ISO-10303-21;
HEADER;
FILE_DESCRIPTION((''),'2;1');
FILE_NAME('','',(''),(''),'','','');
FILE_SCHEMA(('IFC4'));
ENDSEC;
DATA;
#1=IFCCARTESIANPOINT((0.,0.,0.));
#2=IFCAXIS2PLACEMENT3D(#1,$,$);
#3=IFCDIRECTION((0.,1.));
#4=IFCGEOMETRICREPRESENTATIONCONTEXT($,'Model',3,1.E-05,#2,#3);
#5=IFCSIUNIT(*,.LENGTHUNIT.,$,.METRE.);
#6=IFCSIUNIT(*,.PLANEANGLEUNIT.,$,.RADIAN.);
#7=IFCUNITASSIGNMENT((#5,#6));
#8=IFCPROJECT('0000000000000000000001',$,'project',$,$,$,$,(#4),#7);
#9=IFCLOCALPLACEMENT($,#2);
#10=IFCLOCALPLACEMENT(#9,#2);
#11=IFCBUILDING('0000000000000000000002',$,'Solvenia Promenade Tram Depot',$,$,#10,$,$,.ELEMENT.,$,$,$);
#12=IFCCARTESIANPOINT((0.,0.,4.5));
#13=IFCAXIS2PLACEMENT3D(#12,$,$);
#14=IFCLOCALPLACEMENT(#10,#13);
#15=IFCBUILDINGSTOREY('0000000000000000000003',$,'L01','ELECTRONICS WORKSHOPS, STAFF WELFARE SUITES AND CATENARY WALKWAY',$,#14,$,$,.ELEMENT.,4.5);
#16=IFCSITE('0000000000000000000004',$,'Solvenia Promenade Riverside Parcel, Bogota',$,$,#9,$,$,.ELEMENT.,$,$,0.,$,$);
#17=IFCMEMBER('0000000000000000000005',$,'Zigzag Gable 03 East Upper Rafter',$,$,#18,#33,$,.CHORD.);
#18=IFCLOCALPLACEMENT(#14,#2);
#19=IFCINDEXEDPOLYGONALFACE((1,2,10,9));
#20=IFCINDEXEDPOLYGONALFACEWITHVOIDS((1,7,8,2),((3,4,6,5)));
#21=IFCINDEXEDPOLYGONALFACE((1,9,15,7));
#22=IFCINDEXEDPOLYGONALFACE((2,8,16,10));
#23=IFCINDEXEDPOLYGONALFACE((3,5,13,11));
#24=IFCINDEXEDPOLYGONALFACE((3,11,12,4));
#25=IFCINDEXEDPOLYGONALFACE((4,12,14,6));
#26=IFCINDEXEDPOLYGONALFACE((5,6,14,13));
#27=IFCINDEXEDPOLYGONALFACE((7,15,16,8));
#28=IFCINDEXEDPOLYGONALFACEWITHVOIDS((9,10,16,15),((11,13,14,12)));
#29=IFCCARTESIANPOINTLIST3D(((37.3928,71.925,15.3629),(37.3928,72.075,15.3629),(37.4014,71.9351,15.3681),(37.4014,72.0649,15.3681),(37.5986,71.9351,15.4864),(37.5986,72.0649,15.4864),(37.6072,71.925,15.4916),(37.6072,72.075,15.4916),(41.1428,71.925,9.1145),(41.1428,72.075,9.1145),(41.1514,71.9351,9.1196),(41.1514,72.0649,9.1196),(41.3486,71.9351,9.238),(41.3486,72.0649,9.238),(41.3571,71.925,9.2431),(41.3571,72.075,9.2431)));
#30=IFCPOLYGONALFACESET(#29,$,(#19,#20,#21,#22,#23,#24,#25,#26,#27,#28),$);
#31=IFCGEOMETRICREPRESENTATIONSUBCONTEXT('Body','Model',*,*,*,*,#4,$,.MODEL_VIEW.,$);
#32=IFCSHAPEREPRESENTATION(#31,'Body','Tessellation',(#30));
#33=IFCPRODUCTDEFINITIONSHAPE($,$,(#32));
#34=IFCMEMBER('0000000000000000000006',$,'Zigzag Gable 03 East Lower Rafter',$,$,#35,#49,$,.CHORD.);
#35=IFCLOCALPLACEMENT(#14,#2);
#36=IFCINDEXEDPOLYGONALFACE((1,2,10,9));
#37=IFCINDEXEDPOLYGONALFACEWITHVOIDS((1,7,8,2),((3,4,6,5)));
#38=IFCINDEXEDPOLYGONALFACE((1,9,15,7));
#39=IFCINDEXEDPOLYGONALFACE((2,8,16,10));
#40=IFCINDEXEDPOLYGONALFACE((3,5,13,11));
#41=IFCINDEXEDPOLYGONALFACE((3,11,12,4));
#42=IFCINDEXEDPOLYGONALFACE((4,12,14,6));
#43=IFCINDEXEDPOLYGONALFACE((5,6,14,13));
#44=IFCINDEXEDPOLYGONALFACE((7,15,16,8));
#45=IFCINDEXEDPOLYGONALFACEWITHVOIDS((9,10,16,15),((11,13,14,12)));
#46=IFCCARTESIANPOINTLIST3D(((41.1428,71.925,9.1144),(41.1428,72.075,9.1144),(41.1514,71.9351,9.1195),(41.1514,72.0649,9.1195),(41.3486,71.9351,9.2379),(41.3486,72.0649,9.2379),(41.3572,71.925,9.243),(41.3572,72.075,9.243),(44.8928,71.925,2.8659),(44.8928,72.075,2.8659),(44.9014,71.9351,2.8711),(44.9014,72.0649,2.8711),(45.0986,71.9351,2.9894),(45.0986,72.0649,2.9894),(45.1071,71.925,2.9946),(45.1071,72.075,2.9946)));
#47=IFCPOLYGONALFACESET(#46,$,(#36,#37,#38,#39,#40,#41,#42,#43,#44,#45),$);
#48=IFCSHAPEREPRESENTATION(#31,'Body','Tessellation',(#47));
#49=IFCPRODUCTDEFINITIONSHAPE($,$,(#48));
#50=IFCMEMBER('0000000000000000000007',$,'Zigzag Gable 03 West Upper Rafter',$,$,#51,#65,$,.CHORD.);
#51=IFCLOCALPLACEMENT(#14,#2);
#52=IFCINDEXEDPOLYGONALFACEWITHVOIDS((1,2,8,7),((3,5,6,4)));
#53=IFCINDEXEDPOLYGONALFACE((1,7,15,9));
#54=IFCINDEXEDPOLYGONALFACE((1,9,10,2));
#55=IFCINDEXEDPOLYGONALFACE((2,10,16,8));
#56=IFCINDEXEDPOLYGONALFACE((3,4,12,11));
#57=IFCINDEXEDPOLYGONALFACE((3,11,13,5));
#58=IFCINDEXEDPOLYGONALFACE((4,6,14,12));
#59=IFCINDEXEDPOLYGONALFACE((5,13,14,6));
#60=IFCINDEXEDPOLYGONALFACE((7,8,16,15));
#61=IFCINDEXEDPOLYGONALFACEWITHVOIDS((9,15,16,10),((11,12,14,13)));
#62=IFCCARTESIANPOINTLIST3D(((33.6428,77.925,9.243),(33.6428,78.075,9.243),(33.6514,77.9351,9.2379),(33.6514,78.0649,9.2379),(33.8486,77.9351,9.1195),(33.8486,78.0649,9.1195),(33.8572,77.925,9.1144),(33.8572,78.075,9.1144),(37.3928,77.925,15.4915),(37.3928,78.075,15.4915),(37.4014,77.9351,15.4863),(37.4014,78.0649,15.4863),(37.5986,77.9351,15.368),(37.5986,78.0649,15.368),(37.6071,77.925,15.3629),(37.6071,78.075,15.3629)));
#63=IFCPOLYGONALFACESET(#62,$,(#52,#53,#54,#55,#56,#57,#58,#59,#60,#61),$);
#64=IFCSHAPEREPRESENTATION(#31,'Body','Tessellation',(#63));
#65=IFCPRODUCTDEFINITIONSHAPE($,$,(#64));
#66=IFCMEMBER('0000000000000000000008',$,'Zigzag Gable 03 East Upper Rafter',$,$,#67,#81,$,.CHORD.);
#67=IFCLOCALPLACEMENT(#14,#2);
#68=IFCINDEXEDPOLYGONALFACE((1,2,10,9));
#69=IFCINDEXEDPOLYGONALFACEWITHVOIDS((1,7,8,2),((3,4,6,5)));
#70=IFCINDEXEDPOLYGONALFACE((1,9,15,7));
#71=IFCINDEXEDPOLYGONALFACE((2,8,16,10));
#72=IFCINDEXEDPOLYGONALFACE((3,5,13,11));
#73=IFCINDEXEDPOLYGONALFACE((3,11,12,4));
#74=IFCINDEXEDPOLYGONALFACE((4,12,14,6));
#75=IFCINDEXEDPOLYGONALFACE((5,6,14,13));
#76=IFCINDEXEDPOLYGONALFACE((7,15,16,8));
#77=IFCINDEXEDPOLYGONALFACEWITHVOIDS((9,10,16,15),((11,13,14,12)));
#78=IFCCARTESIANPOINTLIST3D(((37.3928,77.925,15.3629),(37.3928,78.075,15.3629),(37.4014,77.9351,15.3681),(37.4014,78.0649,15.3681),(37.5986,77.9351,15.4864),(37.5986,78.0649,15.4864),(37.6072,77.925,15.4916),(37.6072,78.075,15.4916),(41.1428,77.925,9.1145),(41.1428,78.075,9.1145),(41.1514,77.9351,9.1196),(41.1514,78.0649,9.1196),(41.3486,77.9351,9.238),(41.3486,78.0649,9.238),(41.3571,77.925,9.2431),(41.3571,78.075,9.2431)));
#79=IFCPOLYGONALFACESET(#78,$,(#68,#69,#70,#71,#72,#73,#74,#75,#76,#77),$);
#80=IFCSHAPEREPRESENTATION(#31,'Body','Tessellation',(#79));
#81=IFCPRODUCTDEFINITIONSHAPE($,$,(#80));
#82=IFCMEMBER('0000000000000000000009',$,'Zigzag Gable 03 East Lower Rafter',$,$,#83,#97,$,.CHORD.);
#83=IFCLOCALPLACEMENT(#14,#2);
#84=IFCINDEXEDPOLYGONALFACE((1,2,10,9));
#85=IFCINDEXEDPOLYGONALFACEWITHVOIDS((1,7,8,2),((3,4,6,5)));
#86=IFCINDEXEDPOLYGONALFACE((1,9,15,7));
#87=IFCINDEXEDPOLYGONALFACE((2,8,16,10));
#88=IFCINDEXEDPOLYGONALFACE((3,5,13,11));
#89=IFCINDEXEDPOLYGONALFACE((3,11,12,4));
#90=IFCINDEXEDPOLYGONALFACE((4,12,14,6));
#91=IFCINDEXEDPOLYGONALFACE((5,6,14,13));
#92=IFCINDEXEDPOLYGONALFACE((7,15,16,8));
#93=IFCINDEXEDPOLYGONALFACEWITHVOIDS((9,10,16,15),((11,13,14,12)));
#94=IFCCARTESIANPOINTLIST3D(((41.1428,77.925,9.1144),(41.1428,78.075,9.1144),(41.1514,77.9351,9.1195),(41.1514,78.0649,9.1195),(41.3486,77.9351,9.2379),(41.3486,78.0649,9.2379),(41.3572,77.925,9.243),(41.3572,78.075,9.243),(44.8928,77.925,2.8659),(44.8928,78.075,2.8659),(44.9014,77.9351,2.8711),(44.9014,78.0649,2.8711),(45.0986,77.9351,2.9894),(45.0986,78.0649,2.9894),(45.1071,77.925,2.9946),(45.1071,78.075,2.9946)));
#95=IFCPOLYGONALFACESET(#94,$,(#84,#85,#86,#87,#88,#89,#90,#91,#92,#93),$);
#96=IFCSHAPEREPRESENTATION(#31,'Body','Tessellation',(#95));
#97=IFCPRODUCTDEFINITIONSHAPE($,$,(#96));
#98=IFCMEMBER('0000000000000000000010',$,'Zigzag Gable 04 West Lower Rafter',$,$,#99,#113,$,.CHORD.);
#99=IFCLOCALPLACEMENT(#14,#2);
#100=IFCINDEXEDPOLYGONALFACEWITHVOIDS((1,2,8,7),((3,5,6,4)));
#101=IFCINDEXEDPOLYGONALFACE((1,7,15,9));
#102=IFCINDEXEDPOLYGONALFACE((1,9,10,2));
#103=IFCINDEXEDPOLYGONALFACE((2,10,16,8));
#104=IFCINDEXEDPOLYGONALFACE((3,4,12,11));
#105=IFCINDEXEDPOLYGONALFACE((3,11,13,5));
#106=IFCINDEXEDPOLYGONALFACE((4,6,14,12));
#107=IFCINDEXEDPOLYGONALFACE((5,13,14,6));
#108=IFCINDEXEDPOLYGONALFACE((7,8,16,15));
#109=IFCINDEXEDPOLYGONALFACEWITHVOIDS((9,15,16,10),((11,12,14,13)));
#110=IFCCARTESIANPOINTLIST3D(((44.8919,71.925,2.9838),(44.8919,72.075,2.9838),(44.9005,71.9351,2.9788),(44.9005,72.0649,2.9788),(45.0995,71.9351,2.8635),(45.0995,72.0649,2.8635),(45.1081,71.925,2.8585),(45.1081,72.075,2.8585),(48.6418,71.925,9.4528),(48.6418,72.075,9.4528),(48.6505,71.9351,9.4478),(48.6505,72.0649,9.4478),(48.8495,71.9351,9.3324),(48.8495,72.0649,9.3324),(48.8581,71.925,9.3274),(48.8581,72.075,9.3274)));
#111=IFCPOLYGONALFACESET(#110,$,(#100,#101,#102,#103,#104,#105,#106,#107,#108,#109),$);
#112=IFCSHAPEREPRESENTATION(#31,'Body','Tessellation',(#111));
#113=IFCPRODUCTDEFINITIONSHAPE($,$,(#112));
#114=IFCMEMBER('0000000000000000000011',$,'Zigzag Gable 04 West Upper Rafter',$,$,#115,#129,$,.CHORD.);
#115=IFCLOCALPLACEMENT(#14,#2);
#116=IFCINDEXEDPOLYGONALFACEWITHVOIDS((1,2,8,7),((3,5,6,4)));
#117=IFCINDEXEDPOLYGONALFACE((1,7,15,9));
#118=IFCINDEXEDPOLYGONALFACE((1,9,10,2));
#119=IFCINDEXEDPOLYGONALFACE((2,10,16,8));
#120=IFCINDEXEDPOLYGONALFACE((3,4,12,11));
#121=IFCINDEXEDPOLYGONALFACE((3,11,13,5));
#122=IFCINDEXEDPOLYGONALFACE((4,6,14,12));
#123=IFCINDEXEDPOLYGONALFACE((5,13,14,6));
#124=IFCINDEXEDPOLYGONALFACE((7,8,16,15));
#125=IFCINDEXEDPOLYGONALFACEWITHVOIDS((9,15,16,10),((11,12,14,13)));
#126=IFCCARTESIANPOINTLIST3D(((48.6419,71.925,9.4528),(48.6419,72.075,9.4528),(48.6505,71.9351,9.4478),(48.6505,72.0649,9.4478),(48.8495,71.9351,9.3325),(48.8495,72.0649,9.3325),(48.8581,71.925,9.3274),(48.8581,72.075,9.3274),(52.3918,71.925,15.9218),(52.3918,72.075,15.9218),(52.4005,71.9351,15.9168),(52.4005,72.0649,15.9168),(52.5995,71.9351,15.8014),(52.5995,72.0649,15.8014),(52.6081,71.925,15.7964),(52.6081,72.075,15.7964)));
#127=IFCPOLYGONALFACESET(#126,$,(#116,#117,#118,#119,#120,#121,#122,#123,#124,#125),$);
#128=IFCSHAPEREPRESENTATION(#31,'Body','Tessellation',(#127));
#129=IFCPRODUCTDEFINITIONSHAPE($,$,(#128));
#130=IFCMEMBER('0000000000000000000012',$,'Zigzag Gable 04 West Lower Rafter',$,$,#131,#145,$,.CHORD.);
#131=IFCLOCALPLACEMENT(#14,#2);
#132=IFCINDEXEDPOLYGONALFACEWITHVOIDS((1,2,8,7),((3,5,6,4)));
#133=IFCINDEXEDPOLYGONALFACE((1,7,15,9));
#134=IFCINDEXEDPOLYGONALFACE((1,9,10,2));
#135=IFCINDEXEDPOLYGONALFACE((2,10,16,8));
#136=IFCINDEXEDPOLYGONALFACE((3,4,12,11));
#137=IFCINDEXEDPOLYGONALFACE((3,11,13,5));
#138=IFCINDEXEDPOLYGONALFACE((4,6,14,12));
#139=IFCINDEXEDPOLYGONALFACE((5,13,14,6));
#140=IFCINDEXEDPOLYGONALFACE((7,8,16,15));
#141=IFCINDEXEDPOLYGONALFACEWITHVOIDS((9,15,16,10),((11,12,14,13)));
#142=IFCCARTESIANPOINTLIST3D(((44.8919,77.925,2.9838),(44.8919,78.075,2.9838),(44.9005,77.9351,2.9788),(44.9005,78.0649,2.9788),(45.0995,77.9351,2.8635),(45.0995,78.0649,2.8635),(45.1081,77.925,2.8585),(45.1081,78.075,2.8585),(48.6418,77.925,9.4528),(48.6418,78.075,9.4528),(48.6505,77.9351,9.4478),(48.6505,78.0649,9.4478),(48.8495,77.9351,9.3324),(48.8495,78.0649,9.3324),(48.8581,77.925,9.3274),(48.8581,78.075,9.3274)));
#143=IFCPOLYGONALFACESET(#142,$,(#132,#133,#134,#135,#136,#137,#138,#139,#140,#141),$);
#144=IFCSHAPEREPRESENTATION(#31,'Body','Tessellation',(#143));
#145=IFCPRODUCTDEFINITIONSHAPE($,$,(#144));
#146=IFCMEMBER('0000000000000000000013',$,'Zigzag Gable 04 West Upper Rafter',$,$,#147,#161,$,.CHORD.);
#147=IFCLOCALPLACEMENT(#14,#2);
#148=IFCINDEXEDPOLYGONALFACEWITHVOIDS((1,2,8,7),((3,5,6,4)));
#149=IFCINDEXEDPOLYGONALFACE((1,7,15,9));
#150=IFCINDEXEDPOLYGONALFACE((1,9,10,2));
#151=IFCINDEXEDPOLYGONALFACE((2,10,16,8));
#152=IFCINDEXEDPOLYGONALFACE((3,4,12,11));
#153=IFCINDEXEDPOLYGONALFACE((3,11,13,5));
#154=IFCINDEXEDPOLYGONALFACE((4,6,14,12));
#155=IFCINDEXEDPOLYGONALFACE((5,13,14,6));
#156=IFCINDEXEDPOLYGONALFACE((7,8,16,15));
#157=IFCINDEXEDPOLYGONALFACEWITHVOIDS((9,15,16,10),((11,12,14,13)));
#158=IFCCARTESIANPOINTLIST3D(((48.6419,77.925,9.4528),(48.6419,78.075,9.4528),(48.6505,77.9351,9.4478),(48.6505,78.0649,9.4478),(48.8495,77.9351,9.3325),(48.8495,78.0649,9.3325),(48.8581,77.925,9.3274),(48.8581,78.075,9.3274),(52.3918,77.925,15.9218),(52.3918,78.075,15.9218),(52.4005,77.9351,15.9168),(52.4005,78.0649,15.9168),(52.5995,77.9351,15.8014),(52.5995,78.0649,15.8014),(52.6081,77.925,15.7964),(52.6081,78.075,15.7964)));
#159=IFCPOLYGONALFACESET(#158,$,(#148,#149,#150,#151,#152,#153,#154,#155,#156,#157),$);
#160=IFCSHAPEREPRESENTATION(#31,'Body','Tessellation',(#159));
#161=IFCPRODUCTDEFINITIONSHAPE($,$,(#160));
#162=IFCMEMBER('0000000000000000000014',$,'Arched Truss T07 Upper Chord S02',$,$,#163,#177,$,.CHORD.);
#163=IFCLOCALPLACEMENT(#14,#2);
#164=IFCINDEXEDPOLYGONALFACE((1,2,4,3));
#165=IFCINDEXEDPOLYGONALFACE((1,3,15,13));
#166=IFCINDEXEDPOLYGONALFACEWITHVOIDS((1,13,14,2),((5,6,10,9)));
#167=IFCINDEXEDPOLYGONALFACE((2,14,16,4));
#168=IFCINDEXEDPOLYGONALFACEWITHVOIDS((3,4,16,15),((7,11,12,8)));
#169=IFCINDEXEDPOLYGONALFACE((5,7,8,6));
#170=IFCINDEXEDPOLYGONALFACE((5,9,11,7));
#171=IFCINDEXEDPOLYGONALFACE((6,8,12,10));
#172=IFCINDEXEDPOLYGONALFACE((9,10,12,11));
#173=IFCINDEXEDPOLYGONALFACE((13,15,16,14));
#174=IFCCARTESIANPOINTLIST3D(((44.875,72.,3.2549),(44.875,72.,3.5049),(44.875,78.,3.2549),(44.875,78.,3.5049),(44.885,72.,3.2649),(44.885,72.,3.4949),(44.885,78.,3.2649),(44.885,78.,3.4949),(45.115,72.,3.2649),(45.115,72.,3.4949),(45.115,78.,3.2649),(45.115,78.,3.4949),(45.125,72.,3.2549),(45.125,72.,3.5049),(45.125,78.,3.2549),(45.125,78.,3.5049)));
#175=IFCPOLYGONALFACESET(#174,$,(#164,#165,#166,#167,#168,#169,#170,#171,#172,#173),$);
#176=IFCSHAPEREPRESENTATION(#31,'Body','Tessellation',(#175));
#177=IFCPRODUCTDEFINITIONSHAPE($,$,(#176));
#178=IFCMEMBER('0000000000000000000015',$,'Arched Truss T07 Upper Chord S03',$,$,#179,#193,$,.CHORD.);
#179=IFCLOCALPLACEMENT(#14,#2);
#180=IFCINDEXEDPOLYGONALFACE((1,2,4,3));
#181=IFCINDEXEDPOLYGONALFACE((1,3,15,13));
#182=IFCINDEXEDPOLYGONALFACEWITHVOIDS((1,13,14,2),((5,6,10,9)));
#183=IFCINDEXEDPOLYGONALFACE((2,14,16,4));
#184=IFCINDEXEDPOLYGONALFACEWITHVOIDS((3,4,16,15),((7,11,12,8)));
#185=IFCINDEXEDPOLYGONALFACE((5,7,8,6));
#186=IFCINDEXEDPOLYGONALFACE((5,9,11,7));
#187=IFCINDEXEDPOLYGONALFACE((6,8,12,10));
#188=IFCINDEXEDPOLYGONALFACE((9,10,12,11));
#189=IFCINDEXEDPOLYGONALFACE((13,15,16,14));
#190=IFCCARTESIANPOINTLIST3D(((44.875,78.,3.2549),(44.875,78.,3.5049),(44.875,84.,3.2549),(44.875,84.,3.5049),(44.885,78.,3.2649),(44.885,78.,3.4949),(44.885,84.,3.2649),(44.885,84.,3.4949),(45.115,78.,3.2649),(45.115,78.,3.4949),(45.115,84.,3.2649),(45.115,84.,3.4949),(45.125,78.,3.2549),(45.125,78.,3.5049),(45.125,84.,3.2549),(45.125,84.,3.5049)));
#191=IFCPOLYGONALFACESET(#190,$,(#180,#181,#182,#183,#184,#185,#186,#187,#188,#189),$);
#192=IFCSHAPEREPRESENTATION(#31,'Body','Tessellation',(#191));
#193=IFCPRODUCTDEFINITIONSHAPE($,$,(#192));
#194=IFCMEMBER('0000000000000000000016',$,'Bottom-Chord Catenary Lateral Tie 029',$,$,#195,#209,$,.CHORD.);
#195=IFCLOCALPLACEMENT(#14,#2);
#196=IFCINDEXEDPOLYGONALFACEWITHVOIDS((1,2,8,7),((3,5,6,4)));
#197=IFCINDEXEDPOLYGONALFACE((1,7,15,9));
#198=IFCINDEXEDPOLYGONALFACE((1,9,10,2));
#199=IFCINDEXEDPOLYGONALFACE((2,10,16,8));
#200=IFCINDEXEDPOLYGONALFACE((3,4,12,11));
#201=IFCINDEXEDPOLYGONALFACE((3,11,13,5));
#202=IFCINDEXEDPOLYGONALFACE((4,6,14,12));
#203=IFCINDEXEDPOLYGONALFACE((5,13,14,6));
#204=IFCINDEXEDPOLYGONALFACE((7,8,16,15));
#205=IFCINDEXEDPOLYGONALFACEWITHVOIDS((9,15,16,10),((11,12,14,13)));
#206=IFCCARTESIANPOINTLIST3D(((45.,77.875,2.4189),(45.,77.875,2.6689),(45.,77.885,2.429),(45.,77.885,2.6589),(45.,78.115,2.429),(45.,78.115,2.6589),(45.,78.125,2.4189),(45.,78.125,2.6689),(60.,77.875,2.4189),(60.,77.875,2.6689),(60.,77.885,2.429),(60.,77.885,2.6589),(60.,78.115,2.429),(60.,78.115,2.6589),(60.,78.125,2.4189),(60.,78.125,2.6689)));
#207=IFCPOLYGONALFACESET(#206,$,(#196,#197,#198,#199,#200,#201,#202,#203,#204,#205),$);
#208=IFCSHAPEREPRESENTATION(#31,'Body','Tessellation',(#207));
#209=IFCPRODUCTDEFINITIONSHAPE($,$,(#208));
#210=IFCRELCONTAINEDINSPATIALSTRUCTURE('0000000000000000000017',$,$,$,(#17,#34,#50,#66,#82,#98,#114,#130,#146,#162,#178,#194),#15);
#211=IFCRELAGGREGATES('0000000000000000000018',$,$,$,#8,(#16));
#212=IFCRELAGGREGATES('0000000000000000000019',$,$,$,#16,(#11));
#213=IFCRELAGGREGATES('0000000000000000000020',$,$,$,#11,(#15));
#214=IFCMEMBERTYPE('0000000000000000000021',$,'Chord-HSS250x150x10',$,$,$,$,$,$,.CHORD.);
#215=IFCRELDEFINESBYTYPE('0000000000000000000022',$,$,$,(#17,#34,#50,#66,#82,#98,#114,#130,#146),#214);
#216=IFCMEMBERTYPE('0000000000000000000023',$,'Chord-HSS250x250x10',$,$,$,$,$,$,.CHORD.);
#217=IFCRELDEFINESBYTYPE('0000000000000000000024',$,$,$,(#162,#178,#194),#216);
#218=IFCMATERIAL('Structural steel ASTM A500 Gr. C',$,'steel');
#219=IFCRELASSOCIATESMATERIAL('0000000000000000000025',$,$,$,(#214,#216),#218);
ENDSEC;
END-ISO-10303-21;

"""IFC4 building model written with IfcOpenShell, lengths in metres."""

from ifc_helpers import new_model, si_unit, direction, frame, origin, origin_2d, place, context, subcontext, project, spatial, hollow_rectangle, extrude, material, material_profile, profile_set, type_object, element, save


model = new_model("IFC4")

# Units and contexts
model_context = context("Model", 3, precision=1e-05, world=origin(), true_north=direction((0.0, 1.0)))
body_context = subcontext(model_context, "Body", "Model", "MODEL_VIEW")
ifc_project = project(units=[si_unit("LENGTHUNIT", "METRE"), si_unit("PLANEANGLEUNIT", "RADIAN")], contexts=[model_context])

# Site, building, storey
site_placement = place(None, origin())
site = spatial("IfcSite", under=ifc_project, at=site_placement, Name="Solvenia Promenade Riverside Parcel, Bogota", CompositionType="ELEMENT", RefElevation=0.0)
building_placement = place(site_placement, origin())
building = spatial("IfcBuilding", under=site, at=building_placement, Name="Solvenia Promenade Tram Depot", CompositionType="ELEMENT")
storey_placement = place(building_placement, frame((0.0, 0.0, 4.5)))
storey = spatial("IfcBuildingStorey", under=building, at=storey_placement, Name="L01", Description="ELECTRONICS WORKSHOPS, STAFF WELFARE SUITES AND CATENARY WALKWAY", CompositionType="ELEMENT", Elevation=4.5)

# Members
ifc_material_1 = material(Name="Structural steel ASTM A500 Gr. C", Category="steel")
ifc_material_profile_1 = material_profile(ifc_material_1, hollow_rectangle(XDim=0.1499, YDim=0.25, WallThickness=0.01, at=origin_2d()), Name="HSS250x150x10", Category="steel")
ifc_profile_set_1 = profile_set([ifc_material_profile_1], Name="Structural steel ASTM A500 Gr. C")
member_type_1 = type_object("IfcMemberType", Name="Chord-HSS250x150x10", PredefinedType="CHORD", material=ifc_profile_set_1)
for number, where, z_axis, x_axis, name in (
    (1, (37.5, 72.0, 15.4272), (0.514584, 0.0, -0.85744), (0.0, 1.0, 0.0), "Zigzag Gable 03 East Upper Rafter"),
    (2, (41.25, 72.0, 9.1787), (0.514584, 0.0, -0.85744), (0.0, 1.0, 0.0), "Zigzag Gable 03 East Lower Rafter"),
    (3, (33.75, 78.0, 9.1787), (0.514584, 0.0, 0.85744), (0.0, 1.0, 0.0), "Zigzag Gable 03 West Upper Rafter"),
    (4, (37.5, 78.0, 15.4272), (0.514584, 0.0, -0.85744), (0.0, 1.0, 0.0), "Zigzag Gable 03 East Upper Rafter"),
    (5, (41.25, 78.0, 9.1787), (0.514584, 0.0, -0.85744), (0.0, 1.0, 0.0), "Zigzag Gable 03 East Lower Rafter"),
):
    element("IfcMember", number, at=place(storey_placement, frame(where, z_axis=z_axis, x_axis=x_axis)), inside=storey, type_object=member_type_1, Name=name, PredefinedType="CHORD", context=body_context, shape_type="SweptSolid", body=[
        extrude(hollow_rectangle(XDim=0.1499, YDim=0.25, WallThickness=0.01, at=origin_2d()), origin(), (0.0, 0.0, 1.0), 7.2874),
    ])
for number, where, z_axis, x_axis, name in (
    (6, (45.0, 72.0, 2.9211), (0.501516, 0.0, 0.865148), (0.0, 1.0, 0.0), "Zigzag Gable 04 West Lower Rafter"),
    (7, (48.75, 72.0, 9.3901), (0.501516, 0.0, 0.865148), (0.0, 1.0, 0.0), "Zigzag Gable 04 West Upper Rafter"),
    (8, (45.0, 78.0, 2.9211), (0.501516, 0.0, 0.865148), (0.0, 1.0, 0.0), "Zigzag Gable 04 West Lower Rafter"),
    (9, (48.75, 78.0, 9.3901), (0.501516, 0.0, 0.865148), (0.0, 1.0, 0.0), "Zigzag Gable 04 West Upper Rafter"),
):
    element("IfcMember", number, at=place(storey_placement, frame(where, z_axis=z_axis, x_axis=x_axis)), inside=storey, type_object=member_type_1, Name=name, PredefinedType="CHORD", context=body_context, shape_type="SweptSolid", body=[
        extrude(hollow_rectangle(XDim=0.1499, YDim=0.25, WallThickness=0.01, at=origin_2d()), origin(), (0.0, 0.0, 1.0), 7.4773),
    ])
ifc_material_profile_2 = material_profile(ifc_material_1, hollow_rectangle(XDim=0.25, YDim=0.25, WallThickness=0.01, at=origin_2d()), Name="HSS250x250x10", Category="steel")
ifc_profile_set_2 = profile_set([ifc_material_profile_2], Name="Structural steel ASTM A500 Gr. C")
member_type_2 = type_object("IfcMemberType", Name="Chord-HSS250x250x10", PredefinedType="CHORD", material=ifc_profile_set_2)
for number, where, z_axis, x_axis, name in (
    (10, (45.0, 72.0, 3.3799), (0.0, 1.0, 0.0), (-1.0, 0.0, 0.0), "Arched Truss T07 Upper Chord S02"),
    (11, (45.0, 78.0, 3.3799), (0.0, 1.0, 0.0), (-1.0, 0.0, 0.0), "Arched Truss T07 Upper Chord S03"),
):
    element("IfcMember", number, at=place(storey_placement, frame(where, z_axis=z_axis, x_axis=x_axis)), inside=storey, type_object=member_type_2, Name=name, PredefinedType="CHORD", context=body_context, shape_type="SweptSolid", body=[
        extrude(hollow_rectangle(XDim=0.25, YDim=0.25, WallThickness=0.01, at=origin_2d()), origin(), (0.0, 0.0, 1.0), 6.0),
    ])
member_1_placement = place(storey_placement, frame((45.0, 78.0, 2.5439), z_axis=(1.0, 0.0, 0.0), x_axis=(0.0, 1.0, 0.0)))
element("IfcMember", 12, at=member_1_placement, inside=storey, type_object=member_type_2, Name="Bottom-Chord Catenary Lateral Tie 029", PredefinedType="CHORD", context=body_context, shape_type="SweptSolid", body=[
    extrude(hollow_rectangle(XDim=0.25, YDim=0.25, WallThickness=0.01, at=origin_2d()), origin(), (0.0, 0.0, 1.0), 15.0),
])

save(model, "model.ifc")
